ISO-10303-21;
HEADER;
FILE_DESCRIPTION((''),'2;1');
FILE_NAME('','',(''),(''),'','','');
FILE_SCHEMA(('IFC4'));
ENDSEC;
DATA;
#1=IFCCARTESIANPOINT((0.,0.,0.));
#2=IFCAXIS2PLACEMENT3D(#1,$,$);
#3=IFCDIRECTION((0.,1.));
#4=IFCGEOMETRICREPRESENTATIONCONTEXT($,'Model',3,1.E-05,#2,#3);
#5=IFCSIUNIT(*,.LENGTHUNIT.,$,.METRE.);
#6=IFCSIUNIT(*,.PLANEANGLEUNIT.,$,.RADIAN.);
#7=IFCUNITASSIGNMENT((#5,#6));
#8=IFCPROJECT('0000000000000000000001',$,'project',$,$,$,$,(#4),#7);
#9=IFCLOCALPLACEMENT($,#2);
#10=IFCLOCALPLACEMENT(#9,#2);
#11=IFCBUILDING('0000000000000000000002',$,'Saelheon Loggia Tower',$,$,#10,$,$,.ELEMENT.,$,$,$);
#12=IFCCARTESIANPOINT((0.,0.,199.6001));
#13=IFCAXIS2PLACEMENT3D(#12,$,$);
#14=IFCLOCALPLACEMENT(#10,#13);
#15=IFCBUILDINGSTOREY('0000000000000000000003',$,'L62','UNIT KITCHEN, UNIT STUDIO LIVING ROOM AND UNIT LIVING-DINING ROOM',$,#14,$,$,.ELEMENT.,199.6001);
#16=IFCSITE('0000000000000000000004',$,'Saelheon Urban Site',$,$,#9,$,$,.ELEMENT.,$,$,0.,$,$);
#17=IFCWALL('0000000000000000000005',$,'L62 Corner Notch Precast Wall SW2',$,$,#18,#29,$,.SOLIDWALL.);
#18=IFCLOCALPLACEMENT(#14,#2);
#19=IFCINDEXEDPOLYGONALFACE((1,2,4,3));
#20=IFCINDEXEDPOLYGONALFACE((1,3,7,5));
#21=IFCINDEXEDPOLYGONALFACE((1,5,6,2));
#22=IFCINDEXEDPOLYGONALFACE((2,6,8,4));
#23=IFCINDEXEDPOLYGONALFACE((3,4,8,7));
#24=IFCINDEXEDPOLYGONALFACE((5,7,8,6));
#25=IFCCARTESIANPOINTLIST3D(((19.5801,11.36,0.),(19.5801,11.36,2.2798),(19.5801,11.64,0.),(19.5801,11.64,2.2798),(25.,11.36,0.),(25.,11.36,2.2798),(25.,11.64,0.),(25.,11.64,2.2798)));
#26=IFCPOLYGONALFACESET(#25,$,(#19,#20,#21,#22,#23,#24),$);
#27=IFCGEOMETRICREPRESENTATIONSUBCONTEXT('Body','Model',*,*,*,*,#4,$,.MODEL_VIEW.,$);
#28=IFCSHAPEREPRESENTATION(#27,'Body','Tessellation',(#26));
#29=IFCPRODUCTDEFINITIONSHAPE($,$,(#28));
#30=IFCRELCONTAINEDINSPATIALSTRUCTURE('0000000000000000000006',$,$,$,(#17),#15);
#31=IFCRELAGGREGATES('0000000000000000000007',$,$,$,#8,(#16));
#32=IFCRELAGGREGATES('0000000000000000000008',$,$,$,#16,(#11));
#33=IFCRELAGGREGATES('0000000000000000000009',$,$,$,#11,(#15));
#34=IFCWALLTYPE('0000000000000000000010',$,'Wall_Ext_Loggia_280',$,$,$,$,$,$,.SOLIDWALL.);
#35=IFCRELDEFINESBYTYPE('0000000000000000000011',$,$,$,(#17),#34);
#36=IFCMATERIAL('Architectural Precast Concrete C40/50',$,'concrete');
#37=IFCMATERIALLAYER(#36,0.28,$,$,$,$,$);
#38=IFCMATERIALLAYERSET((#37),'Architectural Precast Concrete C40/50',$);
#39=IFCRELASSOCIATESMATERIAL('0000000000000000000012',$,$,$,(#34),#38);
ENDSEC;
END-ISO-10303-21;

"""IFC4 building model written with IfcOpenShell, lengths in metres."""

from ifc_helpers import new_model, si_unit, direction, frame, frame_2d, origin, place, context, subcontext, project, spatial, rectangle, extrude, material, layer, layer_set, type_object, element, save


model = new_model("IFC4")

# Units and contexts
model_context = context("Model", 3, precision=1e-05, world=origin(), true_north=direction((0.0, 1.0)))
body_context = subcontext(model_context, "Body", "Model", "MODEL_VIEW")
ifc_project = project(units=[si_unit("LENGTHUNIT", "METRE"), si_unit("PLANEANGLEUNIT", "RADIAN")], contexts=[model_context])

# Site, building, storey
site_placement = place(None, origin())
site = spatial("IfcSite", under=ifc_project, at=site_placement, Name="Saelheon Urban Site", CompositionType="ELEMENT", RefElevation=0.0)
building_placement = place(site_placement, origin())
building = spatial("IfcBuilding", under=site, at=building_placement, Name="Saelheon Loggia Tower", CompositionType="ELEMENT")
storey_placement = place(building_placement, frame((0.0, 0.0, 199.6001)))
storey = spatial("IfcBuildingStorey", under=building, at=storey_placement, Name="L62", Description="UNIT KITCHEN, UNIT STUDIO LIVING ROOM AND UNIT LIVING-DINING ROOM", CompositionType="ELEMENT", Elevation=199.6001)

# Shared definitions
ifc_material_1 = material(Name="Architectural Precast Concrete C40/50", Category="concrete")
ifc_layer = layer(ifc_material_1, 0.28)
ifc_layer_set = layer_set([ifc_layer], Name="Architectural Precast Concrete C40/50")
wall_type = type_object("IfcWallType", Name="Wall_Ext_Loggia_280", PredefinedType="SOLIDWALL", material=ifc_layer_set)

# Wall
for number, where, z_axis, x_axis, name in (
    (1, (19.5801, 11.5, 0.0), (0.0, 0.0, 1.0), (1.0, 0.0, 0.0), "L62 Corner Notch Precast Wall SW2"),
):
    element("IfcWall", number, at=place(storey_placement, frame(where, z_axis=z_axis, x_axis=x_axis)), inside=storey, type_object=wall_type, Name=name, PredefinedType="SOLIDWALL", context=body_context, shape_type="SweptSolid", body=[
        extrude(rectangle(XDim=5.4199, YDim=0.28, at=frame_2d((2.71, 0.0))), origin(), (0.0, 0.0, 1.0), 2.2798),
    ])

save(model, "model.ifc")
